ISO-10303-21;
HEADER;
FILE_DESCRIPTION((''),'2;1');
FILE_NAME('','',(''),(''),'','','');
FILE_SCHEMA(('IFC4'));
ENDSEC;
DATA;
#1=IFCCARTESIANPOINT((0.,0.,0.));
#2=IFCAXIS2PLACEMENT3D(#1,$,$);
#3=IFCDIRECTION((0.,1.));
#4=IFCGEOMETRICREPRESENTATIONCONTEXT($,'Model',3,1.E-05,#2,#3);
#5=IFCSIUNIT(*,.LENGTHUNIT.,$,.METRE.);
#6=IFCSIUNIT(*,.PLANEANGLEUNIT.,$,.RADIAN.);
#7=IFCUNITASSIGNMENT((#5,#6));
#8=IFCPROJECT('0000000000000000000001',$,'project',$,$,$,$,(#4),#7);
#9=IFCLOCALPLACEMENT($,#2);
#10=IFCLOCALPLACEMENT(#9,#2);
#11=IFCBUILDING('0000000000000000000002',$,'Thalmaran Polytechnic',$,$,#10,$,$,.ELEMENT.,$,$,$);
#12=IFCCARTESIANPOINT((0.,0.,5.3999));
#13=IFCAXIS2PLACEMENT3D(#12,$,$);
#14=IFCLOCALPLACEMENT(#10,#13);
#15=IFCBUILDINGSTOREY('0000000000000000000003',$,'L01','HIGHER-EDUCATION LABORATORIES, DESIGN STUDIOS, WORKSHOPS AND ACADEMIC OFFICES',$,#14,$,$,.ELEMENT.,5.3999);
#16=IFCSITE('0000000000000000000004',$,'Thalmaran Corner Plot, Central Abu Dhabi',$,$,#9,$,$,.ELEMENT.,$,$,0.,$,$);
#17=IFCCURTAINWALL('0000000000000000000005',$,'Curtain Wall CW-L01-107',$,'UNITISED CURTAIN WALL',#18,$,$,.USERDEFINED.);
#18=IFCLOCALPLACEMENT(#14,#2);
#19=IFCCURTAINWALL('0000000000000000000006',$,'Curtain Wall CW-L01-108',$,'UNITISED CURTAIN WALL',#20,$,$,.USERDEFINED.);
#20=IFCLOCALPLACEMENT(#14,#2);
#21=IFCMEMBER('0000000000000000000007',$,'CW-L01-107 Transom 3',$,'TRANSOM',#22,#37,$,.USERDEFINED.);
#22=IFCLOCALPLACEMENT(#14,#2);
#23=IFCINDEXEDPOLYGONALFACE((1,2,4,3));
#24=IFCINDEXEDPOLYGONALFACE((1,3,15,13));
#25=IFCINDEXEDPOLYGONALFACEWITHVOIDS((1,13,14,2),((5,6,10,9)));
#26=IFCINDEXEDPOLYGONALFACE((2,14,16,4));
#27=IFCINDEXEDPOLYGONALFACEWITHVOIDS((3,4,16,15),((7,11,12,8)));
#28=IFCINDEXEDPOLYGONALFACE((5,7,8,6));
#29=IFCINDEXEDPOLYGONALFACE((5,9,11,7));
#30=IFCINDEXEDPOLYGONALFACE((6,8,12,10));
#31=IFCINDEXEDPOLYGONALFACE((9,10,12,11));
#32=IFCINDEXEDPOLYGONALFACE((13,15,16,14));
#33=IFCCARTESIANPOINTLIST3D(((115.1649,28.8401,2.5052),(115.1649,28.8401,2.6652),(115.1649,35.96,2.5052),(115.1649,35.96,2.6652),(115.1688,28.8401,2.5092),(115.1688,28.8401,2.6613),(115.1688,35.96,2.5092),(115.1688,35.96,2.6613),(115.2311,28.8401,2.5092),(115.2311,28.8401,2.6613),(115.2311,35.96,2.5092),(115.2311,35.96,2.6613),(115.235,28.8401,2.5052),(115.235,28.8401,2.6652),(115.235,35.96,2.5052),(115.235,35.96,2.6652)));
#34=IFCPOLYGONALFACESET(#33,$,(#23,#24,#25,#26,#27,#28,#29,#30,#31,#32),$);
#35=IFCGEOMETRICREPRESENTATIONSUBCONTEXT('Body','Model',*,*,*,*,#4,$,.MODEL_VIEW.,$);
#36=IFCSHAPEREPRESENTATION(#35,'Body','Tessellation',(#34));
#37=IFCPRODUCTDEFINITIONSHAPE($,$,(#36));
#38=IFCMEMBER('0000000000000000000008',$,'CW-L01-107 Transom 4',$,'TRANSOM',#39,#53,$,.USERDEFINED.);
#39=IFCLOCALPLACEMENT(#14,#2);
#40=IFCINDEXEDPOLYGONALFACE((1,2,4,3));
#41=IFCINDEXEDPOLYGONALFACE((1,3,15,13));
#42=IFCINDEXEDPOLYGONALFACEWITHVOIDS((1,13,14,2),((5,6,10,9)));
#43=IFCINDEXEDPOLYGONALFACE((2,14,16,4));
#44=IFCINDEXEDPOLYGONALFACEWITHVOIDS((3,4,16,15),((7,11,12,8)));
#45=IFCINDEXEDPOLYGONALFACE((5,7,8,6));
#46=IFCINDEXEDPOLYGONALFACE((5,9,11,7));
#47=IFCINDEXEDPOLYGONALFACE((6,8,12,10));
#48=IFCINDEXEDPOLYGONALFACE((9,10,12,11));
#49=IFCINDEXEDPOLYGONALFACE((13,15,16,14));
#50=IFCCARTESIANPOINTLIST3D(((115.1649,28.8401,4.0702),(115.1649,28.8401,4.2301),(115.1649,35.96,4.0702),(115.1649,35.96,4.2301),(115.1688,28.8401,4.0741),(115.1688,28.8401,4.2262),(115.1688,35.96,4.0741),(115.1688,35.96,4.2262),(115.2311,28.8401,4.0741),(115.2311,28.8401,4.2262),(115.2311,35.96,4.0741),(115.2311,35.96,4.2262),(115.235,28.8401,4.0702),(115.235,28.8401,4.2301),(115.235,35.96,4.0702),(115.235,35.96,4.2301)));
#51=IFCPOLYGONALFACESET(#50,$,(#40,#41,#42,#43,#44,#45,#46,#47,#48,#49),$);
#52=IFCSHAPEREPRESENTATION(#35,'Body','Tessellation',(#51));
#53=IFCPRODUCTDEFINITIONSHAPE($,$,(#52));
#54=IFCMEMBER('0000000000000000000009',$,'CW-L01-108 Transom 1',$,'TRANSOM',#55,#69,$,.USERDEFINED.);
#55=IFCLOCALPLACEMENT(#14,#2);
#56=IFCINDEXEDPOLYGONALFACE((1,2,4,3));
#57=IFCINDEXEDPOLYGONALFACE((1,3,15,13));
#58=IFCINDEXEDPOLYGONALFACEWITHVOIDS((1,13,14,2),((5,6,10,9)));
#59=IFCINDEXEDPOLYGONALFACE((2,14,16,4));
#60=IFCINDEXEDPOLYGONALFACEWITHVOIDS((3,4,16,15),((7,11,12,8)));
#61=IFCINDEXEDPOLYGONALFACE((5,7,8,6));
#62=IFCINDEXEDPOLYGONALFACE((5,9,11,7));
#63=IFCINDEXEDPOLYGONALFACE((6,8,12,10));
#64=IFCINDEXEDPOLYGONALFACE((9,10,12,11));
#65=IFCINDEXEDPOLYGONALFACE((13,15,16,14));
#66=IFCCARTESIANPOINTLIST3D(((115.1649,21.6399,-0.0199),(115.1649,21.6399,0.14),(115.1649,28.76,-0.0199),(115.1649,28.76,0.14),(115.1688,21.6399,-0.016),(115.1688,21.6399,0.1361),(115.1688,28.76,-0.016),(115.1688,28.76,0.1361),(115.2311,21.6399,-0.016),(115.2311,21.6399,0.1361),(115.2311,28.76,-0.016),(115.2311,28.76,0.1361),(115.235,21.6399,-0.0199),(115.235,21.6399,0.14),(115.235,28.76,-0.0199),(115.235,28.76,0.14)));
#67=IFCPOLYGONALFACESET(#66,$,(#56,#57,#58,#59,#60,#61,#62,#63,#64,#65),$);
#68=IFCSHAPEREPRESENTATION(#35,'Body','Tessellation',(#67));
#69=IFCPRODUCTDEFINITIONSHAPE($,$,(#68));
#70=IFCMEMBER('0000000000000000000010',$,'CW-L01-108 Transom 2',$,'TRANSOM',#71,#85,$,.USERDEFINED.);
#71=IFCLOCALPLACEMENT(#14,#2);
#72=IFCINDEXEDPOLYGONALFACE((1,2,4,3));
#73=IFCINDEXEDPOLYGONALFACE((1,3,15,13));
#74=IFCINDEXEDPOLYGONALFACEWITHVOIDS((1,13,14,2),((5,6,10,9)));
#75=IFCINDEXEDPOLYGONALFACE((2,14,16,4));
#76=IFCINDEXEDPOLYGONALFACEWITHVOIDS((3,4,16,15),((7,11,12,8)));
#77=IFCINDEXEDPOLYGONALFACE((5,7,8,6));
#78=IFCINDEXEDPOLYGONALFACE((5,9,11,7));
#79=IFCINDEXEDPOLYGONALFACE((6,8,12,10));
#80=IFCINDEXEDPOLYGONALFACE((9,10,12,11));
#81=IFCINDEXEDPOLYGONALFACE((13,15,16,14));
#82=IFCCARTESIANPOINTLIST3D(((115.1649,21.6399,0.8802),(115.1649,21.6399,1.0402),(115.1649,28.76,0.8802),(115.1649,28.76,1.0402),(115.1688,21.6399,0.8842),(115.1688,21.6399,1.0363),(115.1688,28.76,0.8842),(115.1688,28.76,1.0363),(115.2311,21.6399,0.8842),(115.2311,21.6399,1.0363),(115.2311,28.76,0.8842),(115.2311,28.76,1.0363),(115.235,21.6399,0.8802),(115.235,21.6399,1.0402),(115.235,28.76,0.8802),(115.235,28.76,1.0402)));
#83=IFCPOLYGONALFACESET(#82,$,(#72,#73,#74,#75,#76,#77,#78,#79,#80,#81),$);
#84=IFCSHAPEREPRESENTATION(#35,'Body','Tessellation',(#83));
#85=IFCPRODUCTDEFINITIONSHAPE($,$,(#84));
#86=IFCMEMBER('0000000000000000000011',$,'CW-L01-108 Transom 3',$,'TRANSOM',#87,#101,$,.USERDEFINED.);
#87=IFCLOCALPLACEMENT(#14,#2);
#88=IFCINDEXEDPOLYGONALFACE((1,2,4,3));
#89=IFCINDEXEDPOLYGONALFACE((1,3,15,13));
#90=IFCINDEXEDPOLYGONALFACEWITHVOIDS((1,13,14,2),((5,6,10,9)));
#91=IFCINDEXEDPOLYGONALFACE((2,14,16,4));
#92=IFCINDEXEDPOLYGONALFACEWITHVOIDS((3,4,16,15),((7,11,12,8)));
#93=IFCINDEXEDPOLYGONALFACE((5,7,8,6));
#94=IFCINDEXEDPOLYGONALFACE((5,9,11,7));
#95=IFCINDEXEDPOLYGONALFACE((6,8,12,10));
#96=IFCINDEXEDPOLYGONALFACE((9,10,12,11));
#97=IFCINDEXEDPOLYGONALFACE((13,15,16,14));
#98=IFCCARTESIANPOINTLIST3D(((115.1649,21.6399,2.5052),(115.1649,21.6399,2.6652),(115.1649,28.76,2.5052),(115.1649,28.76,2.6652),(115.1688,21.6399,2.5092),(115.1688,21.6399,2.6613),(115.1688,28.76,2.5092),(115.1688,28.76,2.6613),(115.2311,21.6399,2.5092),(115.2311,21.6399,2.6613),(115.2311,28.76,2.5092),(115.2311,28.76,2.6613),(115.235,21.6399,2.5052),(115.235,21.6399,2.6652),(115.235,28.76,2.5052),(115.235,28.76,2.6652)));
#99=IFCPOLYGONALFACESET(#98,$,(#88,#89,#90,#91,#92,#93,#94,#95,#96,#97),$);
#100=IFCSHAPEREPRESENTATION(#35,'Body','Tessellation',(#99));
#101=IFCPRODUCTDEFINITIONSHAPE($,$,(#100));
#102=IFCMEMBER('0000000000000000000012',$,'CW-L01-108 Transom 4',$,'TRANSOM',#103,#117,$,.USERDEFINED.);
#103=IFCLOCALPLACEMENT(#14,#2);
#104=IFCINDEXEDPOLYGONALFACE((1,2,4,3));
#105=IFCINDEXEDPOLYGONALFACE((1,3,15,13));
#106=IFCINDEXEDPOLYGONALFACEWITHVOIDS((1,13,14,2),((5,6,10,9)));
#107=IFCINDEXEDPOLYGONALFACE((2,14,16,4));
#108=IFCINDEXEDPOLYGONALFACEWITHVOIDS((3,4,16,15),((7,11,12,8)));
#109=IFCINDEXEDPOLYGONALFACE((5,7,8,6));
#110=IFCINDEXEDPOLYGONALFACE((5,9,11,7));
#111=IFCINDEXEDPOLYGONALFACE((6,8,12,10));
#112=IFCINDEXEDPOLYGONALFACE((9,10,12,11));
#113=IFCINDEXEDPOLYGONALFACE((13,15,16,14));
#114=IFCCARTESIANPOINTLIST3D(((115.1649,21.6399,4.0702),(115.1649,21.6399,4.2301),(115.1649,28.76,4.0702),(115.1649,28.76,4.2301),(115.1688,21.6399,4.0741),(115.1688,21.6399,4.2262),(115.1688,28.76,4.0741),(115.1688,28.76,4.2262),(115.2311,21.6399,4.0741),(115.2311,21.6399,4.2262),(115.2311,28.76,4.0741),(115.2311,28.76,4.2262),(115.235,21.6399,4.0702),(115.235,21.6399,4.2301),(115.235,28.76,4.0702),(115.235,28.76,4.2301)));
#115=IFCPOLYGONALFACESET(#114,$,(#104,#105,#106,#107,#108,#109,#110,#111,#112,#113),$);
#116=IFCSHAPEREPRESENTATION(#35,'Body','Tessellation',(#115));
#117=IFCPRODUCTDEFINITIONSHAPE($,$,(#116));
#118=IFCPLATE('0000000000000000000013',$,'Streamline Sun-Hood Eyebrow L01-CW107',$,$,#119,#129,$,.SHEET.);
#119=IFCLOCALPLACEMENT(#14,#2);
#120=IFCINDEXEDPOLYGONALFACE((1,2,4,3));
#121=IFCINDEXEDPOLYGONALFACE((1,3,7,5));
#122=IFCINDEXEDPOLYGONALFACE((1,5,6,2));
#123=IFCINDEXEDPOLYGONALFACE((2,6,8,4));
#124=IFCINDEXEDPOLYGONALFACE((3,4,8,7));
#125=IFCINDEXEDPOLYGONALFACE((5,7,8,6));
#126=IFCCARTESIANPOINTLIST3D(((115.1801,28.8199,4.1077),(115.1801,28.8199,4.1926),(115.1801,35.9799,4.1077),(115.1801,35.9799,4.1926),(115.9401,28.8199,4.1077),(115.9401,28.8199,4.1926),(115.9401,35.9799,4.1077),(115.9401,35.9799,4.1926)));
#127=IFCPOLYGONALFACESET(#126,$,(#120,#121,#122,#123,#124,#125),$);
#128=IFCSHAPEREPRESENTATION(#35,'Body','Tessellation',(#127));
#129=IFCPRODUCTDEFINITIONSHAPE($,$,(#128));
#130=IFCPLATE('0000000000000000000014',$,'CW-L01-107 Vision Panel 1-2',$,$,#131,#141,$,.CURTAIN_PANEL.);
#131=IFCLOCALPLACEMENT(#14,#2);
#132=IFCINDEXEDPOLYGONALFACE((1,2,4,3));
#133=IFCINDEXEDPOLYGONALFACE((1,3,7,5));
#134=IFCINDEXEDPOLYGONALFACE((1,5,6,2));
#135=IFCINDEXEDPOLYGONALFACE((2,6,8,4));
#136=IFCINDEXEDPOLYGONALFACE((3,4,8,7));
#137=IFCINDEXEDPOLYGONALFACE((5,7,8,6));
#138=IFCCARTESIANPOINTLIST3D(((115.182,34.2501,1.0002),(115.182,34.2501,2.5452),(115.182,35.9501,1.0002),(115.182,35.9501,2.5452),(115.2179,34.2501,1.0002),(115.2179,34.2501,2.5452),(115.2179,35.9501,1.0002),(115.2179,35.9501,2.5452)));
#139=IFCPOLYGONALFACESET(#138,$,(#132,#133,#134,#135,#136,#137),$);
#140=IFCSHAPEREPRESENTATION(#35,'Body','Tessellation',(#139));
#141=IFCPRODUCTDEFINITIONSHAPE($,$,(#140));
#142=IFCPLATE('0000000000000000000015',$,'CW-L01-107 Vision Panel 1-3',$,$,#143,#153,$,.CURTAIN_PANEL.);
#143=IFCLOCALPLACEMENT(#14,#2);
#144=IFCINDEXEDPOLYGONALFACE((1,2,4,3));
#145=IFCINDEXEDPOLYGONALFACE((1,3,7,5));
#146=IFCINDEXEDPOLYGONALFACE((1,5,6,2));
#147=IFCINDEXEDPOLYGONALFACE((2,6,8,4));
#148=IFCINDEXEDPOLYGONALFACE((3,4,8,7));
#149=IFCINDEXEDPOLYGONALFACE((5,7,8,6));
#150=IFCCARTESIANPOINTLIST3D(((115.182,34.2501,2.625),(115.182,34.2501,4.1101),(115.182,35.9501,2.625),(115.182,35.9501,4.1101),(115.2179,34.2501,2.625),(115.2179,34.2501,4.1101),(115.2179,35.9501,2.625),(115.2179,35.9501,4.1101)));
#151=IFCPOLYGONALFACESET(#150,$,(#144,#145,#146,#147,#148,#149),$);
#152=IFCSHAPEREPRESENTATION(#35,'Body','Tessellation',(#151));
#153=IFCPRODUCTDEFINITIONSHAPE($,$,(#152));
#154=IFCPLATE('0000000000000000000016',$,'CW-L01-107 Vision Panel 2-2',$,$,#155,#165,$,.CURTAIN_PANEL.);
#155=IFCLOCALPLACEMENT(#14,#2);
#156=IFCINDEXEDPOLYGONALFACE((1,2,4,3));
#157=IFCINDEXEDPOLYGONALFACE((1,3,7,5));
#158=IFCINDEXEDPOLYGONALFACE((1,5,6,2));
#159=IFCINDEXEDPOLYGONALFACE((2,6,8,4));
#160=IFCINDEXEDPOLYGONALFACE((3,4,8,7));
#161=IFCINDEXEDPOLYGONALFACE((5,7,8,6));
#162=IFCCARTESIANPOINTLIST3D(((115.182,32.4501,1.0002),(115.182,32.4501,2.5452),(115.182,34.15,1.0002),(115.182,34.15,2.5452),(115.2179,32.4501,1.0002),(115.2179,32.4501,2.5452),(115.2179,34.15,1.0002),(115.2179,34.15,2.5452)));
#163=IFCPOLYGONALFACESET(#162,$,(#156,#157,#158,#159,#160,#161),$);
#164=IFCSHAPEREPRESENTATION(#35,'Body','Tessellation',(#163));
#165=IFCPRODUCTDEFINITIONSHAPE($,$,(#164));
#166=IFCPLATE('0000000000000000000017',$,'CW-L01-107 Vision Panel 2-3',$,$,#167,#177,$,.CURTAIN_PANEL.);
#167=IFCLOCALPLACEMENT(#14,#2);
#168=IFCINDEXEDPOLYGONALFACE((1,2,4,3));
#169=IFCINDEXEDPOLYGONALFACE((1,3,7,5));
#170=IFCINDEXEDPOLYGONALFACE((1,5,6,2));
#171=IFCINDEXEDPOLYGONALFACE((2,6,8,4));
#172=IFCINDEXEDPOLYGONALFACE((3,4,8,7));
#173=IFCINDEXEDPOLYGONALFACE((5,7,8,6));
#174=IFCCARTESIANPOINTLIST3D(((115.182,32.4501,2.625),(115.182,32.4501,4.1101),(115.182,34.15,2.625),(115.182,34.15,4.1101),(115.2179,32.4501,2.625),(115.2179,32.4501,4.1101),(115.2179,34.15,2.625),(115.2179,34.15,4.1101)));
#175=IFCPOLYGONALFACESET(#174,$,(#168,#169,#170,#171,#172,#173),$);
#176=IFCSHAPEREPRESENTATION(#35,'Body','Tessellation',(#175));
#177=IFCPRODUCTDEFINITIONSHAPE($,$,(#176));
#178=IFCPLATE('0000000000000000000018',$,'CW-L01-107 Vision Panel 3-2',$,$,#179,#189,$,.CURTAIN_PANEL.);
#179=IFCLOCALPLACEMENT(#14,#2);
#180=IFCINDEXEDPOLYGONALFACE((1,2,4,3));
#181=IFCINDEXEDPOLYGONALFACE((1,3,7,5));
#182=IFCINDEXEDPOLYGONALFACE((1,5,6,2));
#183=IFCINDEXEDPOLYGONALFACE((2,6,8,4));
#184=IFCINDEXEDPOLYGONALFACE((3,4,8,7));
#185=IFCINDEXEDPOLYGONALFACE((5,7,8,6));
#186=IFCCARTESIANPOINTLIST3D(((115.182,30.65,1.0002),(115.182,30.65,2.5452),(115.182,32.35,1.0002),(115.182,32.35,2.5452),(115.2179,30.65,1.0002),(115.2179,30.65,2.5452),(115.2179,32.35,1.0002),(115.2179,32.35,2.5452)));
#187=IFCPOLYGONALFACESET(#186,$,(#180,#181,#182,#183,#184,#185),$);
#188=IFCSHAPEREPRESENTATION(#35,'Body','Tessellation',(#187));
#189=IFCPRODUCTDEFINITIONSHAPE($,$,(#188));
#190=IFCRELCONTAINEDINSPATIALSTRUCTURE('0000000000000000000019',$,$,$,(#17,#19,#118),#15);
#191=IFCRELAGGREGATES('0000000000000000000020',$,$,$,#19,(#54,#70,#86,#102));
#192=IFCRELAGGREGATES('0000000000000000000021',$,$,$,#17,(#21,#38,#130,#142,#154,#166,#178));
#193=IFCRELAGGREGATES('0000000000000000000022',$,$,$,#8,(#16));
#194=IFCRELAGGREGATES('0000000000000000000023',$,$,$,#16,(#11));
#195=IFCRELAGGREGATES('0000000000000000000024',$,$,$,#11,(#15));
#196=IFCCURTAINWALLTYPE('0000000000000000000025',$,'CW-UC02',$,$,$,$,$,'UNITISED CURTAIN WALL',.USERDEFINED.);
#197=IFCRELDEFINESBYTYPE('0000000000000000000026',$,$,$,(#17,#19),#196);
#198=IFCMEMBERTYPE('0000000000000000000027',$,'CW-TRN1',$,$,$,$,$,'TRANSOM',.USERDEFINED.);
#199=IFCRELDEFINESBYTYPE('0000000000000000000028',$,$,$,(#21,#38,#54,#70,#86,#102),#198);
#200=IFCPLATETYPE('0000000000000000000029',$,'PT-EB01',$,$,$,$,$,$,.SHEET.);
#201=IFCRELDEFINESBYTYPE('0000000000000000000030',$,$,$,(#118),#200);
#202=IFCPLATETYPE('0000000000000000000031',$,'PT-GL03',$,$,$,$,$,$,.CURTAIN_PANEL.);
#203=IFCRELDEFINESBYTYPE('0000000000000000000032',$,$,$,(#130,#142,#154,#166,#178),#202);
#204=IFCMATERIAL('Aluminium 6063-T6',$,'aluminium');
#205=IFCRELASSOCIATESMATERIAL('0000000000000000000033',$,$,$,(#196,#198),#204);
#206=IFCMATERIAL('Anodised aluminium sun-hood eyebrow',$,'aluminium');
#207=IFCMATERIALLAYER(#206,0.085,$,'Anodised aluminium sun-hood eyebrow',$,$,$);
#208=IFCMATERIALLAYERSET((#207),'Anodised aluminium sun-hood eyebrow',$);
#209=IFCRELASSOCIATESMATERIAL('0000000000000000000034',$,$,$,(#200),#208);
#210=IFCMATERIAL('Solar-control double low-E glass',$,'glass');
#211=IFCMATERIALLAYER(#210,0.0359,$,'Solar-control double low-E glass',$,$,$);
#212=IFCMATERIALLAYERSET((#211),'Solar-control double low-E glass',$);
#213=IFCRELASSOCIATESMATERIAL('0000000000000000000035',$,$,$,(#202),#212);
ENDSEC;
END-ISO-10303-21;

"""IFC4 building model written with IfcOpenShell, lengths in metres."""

from ifc_helpers import new_model, si_unit, direction, frame, origin, origin_2d, place, context, subcontext, project, spatial, rectangle, hollow_rectangle, extrude, material, layer, layer_set, material_profile, profile_set, type_object, element, aggregate, save


model = new_model("IFC4")

# Units and contexts
model_context = context("Model", 3, precision=1e-05, world=origin(), true_north=direction((0.0, 1.0)))
body_context = subcontext(model_context, "Body", "Model", "MODEL_VIEW")
ifc_project = project(units=[si_unit("LENGTHUNIT", "METRE"), si_unit("PLANEANGLEUNIT", "RADIAN")], contexts=[model_context])

# Site, building, storey
site_placement = place(None, origin())
site = spatial("IfcSite", under=ifc_project, at=site_placement, Name="Thalmaran Corner Plot, Central Abu Dhabi", CompositionType="ELEMENT", RefElevation=0.0)
building_placement = place(site_placement, origin())
building = spatial("IfcBuilding", under=site, at=building_placement, Name="Thalmaran Polytechnic", CompositionType="ELEMENT")
storey_placement = place(building_placement, frame((0.0, 0.0, 5.3999)))
storey = spatial("IfcBuildingStorey", under=building, at=storey_placement, Name="L01", Description="HIGHER-EDUCATION LABORATORIES, DESIGN STUDIOS, WORKSHOPS AND ACADEMIC OFFICES", CompositionType="ELEMENT", Elevation=5.3999)

# Curtain walls
ifc_material_1 = material(Name="Aluminium 6063-T6", Category="aluminium")
curtain_wall_type = type_object("IfcCurtainWallType", Name="CW-UC02", ElementType="UNITISED CURTAIN WALL", PredefinedType="USERDEFINED", material=ifc_material_1)
curtain_wall_1_placement = place(storey_placement, origin())
curtain_wall_1 = element("IfcCurtainWall", 1, at=curtain_wall_1_placement, inside=storey, type_object=curtain_wall_type, Name="Curtain Wall CW-L01-107", ObjectType="UNITISED CURTAIN WALL", PredefinedType="USERDEFINED")
curtain_wall_2_placement = place(storey_placement, origin())
curtain_wall_2 = element("IfcCurtainWall", 2, at=curtain_wall_2_placement, inside=storey, type_object=curtain_wall_type, Name="Curtain Wall CW-L01-108", ObjectType="UNITISED CURTAIN WALL", PredefinedType="USERDEFINED")

# Members
ifc_material_profile_1 = material_profile(ifc_material_1, hollow_rectangle(XDim=0.0701, YDim=0.1599, WallThickness=0.0039, at=origin_2d()), Name="AL 160x70x4.0")
ifc_profile_set_1 = profile_set([ifc_material_profile_1], Name="Aluminium 6063-T6")
member_type_1 = type_object("IfcMemberType", Name="CW-TRN1", ElementType="TRANSOM", PredefinedType="USERDEFINED", material=ifc_profile_set_1)
member_1_placement = place(storey_placement, frame((115.2, 35.96, 2.5852), z_axis=(0.0, -1.0, 0.0), x_axis=(1.0, 0.0, 0.0)))
member_1 = element("IfcMember", 3, at=member_1_placement, type_object=member_type_1, Name="CW-L01-107 Transom 3", ObjectType="TRANSOM", PredefinedType="USERDEFINED", context=body_context, shape_type="SweptSolid", body=[
    extrude(hollow_rectangle(XDim=0.0701, YDim=0.1599, WallThickness=0.0039, at=origin_2d()), origin(), (0.0, 0.0, 1.0), 7.1199),
])
member_2_placement = place(storey_placement, frame((115.2, 35.96, 4.1501), z_axis=(0.0, -1.0, 0.0), x_axis=(1.0, 0.0, 0.0)))
member_2 = element("IfcMember", 4, at=member_2_placement, type_object=member_type_1, Name="CW-L01-107 Transom 4", ObjectType="TRANSOM", PredefinedType="USERDEFINED", context=body_context, shape_type="SweptSolid", body=[
    extrude(hollow_rectangle(XDim=0.0701, YDim=0.1599, WallThickness=0.0039, at=origin_2d()), origin(), (0.0, 0.0, 1.0), 7.1199),
])
member_3_placement = place(storey_placement, frame((115.2, 28.76, 0.0601), z_axis=(0.0, -1.0, 0.0), x_axis=(1.0, 0.0, 0.0)))
member_3 = element("IfcMember", 5, at=member_3_placement, type_object=member_type_1, Name="CW-L01-108 Transom 1", ObjectType="TRANSOM", PredefinedType="USERDEFINED", context=body_context, shape_type="SweptSolid", body=[
    extrude(hollow_rectangle(XDim=0.0701, YDim=0.1599, WallThickness=0.0039, at=origin_2d()), origin(), (0.0, 0.0, 1.0), 7.1201),
])
member_4_placement = place(storey_placement, frame((115.2, 28.76, 0.9602), z_axis=(0.0, -1.0, 0.0), x_axis=(1.0, 0.0, 0.0)))
member_4 = element("IfcMember", 6, at=member_4_placement, type_object=member_type_1, Name="CW-L01-108 Transom 2", ObjectType="TRANSOM", PredefinedType="USERDEFINED", context=body_context, shape_type="SweptSolid", body=[
    extrude(hollow_rectangle(XDim=0.0701, YDim=0.1599, WallThickness=0.0039, at=origin_2d()), origin(), (0.0, 0.0, 1.0), 7.1201),
])
member_5_placement = place(storey_placement, frame((115.2, 28.76, 2.5852), z_axis=(0.0, -1.0, 0.0), x_axis=(1.0, 0.0, 0.0)))
member_5 = element("IfcMember", 7, at=member_5_placement, type_object=member_type_1, Name="CW-L01-108 Transom 3", ObjectType="TRANSOM", PredefinedType="USERDEFINED", context=body_context, shape_type="SweptSolid", body=[
    extrude(hollow_rectangle(XDim=0.0701, YDim=0.1599, WallThickness=0.0039, at=origin_2d()), origin(), (0.0, 0.0, 1.0), 7.1201),
])
member_6_placement = place(storey_placement, frame((115.2, 28.76, 4.1501), z_axis=(0.0, -1.0, 0.0), x_axis=(1.0, 0.0, 0.0)))
member_6 = element("IfcMember", 8, at=member_6_placement, type_object=member_type_1, Name="CW-L01-108 Transom 4", ObjectType="TRANSOM", PredefinedType="USERDEFINED", context=body_context, shape_type="SweptSolid", body=[
    extrude(hollow_rectangle(XDim=0.0701, YDim=0.1599, WallThickness=0.0039, at=origin_2d()), origin(), (0.0, 0.0, 1.0), 7.1201),
])

# Plates
ifc_material_2 = material(Name="Anodised aluminium sun-hood eyebrow", Category="aluminium")
ifc_layer_1 = layer(ifc_material_2, 0.085, Name="Anodised aluminium sun-hood eyebrow")
ifc_layer_set_1 = layer_set([ifc_layer_1], Name="Anodised aluminium sun-hood eyebrow")
plate_type_1 = type_object("IfcPlateType", Name="PT-EB01", PredefinedType="SHEET", material=ifc_layer_set_1)
plate_1_placement = place(storey_placement, frame((115.5601, 32.3999, 4.1077), z_axis=(0.0, 0.0, 1.0), x_axis=(0.0, -1.0, 0.0)))
element("IfcPlate", 9, at=plate_1_placement, inside=storey, type_object=plate_type_1, Name="Streamline Sun-Hood Eyebrow L01-CW107", PredefinedType="SHEET", context=body_context, shape_type="SweptSolid", body=[
    extrude(rectangle(XDim=7.1599, YDim=0.76, at=origin_2d()), origin(), (0.0, 0.0, 1.0), 0.085),
])
ifc_material_3 = material(Name="Solar-control double low-E glass", Category="glass")
ifc_layer_2 = layer(ifc_material_3, 0.0359, Name="Solar-control double low-E glass")
ifc_layer_set_2 = layer_set([ifc_layer_2], Name="Solar-control double low-E glass")
plate_type_2 = type_object("IfcPlateType", Name="PT-GL03", PredefinedType="CURTAIN_PANEL", material=ifc_layer_set_2)
plate_2_placement = place(storey_placement, frame((115.2, 35.1001, 1.0002), z_axis=(0.0, 0.0, 1.0), x_axis=(0.0, -1.0, 0.0)))
plate_2 = element("IfcPlate", 10, at=plate_2_placement, type_object=plate_type_2, Name="CW-L01-107 Vision Panel 1-2", PredefinedType="CURTAIN_PANEL", context=body_context, shape_type="SweptSolid", body=[
    extrude(rectangle(XDim=1.7, YDim=0.0359, at=origin_2d()), origin(), (0.0, 0.0, 1.0), 1.5449),
])
plate_3_placement = place(storey_placement, frame((115.2, 35.1001, 2.625), z_axis=(0.0, 0.0, 1.0), x_axis=(0.0, -1.0, 0.0)))
plate_3 = element("IfcPlate", 11, at=plate_3_placement, type_object=plate_type_2, Name="CW-L01-107 Vision Panel 1-3", PredefinedType="CURTAIN_PANEL", context=body_context, shape_type="SweptSolid", body=[
    extrude(rectangle(XDim=1.7, YDim=0.0359, at=origin_2d()), origin(), (0.0, 0.0, 1.0), 1.4851),
])
plate_4_placement = place(storey_placement, frame((115.2, 33.3, 1.0002), z_axis=(0.0, 0.0, 1.0), x_axis=(0.0, -1.0, 0.0)))
plate_4 = element("IfcPlate", 12, at=plate_4_placement, type_object=plate_type_2, Name="CW-L01-107 Vision Panel 2-2", PredefinedType="CURTAIN_PANEL", context=body_context, shape_type="SweptSolid", body=[
    extrude(rectangle(XDim=1.7, YDim=0.0359, at=origin_2d()), origin(), (0.0, 0.0, 1.0), 1.5449),
])
plate_5_placement = place(storey_placement, frame((115.2, 33.3, 2.625), z_axis=(0.0, 0.0, 1.0), x_axis=(0.0, -1.0, 0.0)))
plate_5 = element("IfcPlate", 13, at=plate_5_placement, type_object=plate_type_2, Name="CW-L01-107 Vision Panel 2-3", PredefinedType="CURTAIN_PANEL", context=body_context, shape_type="SweptSolid", body=[
    extrude(rectangle(XDim=1.7, YDim=0.0359, at=origin_2d()), origin(), (0.0, 0.0, 1.0), 1.4851),
])
plate_6_placement = place(storey_placement, frame((115.2, 31.5, 1.0002), z_axis=(0.0, 0.0, 1.0), x_axis=(0.0, -1.0, 0.0)))
plate_6 = element("IfcPlate", 14, at=plate_6_placement, type_object=plate_type_2, Name="CW-L01-107 Vision Panel 3-2", PredefinedType="CURTAIN_PANEL", context=body_context, shape_type="SweptSolid", body=[
    extrude(rectangle(XDim=1.7, YDim=0.0359, at=origin_2d()), origin(), (0.0, 0.0, 1.0), 1.5449),
])
aggregate(curtain_wall_2, [member_3, member_4, member_5, member_6])
aggregate(curtain_wall_1, [member_1, member_2, plate_2, plate_3, plate_4, plate_5, plate_6])

save(model, "model.ifc")
